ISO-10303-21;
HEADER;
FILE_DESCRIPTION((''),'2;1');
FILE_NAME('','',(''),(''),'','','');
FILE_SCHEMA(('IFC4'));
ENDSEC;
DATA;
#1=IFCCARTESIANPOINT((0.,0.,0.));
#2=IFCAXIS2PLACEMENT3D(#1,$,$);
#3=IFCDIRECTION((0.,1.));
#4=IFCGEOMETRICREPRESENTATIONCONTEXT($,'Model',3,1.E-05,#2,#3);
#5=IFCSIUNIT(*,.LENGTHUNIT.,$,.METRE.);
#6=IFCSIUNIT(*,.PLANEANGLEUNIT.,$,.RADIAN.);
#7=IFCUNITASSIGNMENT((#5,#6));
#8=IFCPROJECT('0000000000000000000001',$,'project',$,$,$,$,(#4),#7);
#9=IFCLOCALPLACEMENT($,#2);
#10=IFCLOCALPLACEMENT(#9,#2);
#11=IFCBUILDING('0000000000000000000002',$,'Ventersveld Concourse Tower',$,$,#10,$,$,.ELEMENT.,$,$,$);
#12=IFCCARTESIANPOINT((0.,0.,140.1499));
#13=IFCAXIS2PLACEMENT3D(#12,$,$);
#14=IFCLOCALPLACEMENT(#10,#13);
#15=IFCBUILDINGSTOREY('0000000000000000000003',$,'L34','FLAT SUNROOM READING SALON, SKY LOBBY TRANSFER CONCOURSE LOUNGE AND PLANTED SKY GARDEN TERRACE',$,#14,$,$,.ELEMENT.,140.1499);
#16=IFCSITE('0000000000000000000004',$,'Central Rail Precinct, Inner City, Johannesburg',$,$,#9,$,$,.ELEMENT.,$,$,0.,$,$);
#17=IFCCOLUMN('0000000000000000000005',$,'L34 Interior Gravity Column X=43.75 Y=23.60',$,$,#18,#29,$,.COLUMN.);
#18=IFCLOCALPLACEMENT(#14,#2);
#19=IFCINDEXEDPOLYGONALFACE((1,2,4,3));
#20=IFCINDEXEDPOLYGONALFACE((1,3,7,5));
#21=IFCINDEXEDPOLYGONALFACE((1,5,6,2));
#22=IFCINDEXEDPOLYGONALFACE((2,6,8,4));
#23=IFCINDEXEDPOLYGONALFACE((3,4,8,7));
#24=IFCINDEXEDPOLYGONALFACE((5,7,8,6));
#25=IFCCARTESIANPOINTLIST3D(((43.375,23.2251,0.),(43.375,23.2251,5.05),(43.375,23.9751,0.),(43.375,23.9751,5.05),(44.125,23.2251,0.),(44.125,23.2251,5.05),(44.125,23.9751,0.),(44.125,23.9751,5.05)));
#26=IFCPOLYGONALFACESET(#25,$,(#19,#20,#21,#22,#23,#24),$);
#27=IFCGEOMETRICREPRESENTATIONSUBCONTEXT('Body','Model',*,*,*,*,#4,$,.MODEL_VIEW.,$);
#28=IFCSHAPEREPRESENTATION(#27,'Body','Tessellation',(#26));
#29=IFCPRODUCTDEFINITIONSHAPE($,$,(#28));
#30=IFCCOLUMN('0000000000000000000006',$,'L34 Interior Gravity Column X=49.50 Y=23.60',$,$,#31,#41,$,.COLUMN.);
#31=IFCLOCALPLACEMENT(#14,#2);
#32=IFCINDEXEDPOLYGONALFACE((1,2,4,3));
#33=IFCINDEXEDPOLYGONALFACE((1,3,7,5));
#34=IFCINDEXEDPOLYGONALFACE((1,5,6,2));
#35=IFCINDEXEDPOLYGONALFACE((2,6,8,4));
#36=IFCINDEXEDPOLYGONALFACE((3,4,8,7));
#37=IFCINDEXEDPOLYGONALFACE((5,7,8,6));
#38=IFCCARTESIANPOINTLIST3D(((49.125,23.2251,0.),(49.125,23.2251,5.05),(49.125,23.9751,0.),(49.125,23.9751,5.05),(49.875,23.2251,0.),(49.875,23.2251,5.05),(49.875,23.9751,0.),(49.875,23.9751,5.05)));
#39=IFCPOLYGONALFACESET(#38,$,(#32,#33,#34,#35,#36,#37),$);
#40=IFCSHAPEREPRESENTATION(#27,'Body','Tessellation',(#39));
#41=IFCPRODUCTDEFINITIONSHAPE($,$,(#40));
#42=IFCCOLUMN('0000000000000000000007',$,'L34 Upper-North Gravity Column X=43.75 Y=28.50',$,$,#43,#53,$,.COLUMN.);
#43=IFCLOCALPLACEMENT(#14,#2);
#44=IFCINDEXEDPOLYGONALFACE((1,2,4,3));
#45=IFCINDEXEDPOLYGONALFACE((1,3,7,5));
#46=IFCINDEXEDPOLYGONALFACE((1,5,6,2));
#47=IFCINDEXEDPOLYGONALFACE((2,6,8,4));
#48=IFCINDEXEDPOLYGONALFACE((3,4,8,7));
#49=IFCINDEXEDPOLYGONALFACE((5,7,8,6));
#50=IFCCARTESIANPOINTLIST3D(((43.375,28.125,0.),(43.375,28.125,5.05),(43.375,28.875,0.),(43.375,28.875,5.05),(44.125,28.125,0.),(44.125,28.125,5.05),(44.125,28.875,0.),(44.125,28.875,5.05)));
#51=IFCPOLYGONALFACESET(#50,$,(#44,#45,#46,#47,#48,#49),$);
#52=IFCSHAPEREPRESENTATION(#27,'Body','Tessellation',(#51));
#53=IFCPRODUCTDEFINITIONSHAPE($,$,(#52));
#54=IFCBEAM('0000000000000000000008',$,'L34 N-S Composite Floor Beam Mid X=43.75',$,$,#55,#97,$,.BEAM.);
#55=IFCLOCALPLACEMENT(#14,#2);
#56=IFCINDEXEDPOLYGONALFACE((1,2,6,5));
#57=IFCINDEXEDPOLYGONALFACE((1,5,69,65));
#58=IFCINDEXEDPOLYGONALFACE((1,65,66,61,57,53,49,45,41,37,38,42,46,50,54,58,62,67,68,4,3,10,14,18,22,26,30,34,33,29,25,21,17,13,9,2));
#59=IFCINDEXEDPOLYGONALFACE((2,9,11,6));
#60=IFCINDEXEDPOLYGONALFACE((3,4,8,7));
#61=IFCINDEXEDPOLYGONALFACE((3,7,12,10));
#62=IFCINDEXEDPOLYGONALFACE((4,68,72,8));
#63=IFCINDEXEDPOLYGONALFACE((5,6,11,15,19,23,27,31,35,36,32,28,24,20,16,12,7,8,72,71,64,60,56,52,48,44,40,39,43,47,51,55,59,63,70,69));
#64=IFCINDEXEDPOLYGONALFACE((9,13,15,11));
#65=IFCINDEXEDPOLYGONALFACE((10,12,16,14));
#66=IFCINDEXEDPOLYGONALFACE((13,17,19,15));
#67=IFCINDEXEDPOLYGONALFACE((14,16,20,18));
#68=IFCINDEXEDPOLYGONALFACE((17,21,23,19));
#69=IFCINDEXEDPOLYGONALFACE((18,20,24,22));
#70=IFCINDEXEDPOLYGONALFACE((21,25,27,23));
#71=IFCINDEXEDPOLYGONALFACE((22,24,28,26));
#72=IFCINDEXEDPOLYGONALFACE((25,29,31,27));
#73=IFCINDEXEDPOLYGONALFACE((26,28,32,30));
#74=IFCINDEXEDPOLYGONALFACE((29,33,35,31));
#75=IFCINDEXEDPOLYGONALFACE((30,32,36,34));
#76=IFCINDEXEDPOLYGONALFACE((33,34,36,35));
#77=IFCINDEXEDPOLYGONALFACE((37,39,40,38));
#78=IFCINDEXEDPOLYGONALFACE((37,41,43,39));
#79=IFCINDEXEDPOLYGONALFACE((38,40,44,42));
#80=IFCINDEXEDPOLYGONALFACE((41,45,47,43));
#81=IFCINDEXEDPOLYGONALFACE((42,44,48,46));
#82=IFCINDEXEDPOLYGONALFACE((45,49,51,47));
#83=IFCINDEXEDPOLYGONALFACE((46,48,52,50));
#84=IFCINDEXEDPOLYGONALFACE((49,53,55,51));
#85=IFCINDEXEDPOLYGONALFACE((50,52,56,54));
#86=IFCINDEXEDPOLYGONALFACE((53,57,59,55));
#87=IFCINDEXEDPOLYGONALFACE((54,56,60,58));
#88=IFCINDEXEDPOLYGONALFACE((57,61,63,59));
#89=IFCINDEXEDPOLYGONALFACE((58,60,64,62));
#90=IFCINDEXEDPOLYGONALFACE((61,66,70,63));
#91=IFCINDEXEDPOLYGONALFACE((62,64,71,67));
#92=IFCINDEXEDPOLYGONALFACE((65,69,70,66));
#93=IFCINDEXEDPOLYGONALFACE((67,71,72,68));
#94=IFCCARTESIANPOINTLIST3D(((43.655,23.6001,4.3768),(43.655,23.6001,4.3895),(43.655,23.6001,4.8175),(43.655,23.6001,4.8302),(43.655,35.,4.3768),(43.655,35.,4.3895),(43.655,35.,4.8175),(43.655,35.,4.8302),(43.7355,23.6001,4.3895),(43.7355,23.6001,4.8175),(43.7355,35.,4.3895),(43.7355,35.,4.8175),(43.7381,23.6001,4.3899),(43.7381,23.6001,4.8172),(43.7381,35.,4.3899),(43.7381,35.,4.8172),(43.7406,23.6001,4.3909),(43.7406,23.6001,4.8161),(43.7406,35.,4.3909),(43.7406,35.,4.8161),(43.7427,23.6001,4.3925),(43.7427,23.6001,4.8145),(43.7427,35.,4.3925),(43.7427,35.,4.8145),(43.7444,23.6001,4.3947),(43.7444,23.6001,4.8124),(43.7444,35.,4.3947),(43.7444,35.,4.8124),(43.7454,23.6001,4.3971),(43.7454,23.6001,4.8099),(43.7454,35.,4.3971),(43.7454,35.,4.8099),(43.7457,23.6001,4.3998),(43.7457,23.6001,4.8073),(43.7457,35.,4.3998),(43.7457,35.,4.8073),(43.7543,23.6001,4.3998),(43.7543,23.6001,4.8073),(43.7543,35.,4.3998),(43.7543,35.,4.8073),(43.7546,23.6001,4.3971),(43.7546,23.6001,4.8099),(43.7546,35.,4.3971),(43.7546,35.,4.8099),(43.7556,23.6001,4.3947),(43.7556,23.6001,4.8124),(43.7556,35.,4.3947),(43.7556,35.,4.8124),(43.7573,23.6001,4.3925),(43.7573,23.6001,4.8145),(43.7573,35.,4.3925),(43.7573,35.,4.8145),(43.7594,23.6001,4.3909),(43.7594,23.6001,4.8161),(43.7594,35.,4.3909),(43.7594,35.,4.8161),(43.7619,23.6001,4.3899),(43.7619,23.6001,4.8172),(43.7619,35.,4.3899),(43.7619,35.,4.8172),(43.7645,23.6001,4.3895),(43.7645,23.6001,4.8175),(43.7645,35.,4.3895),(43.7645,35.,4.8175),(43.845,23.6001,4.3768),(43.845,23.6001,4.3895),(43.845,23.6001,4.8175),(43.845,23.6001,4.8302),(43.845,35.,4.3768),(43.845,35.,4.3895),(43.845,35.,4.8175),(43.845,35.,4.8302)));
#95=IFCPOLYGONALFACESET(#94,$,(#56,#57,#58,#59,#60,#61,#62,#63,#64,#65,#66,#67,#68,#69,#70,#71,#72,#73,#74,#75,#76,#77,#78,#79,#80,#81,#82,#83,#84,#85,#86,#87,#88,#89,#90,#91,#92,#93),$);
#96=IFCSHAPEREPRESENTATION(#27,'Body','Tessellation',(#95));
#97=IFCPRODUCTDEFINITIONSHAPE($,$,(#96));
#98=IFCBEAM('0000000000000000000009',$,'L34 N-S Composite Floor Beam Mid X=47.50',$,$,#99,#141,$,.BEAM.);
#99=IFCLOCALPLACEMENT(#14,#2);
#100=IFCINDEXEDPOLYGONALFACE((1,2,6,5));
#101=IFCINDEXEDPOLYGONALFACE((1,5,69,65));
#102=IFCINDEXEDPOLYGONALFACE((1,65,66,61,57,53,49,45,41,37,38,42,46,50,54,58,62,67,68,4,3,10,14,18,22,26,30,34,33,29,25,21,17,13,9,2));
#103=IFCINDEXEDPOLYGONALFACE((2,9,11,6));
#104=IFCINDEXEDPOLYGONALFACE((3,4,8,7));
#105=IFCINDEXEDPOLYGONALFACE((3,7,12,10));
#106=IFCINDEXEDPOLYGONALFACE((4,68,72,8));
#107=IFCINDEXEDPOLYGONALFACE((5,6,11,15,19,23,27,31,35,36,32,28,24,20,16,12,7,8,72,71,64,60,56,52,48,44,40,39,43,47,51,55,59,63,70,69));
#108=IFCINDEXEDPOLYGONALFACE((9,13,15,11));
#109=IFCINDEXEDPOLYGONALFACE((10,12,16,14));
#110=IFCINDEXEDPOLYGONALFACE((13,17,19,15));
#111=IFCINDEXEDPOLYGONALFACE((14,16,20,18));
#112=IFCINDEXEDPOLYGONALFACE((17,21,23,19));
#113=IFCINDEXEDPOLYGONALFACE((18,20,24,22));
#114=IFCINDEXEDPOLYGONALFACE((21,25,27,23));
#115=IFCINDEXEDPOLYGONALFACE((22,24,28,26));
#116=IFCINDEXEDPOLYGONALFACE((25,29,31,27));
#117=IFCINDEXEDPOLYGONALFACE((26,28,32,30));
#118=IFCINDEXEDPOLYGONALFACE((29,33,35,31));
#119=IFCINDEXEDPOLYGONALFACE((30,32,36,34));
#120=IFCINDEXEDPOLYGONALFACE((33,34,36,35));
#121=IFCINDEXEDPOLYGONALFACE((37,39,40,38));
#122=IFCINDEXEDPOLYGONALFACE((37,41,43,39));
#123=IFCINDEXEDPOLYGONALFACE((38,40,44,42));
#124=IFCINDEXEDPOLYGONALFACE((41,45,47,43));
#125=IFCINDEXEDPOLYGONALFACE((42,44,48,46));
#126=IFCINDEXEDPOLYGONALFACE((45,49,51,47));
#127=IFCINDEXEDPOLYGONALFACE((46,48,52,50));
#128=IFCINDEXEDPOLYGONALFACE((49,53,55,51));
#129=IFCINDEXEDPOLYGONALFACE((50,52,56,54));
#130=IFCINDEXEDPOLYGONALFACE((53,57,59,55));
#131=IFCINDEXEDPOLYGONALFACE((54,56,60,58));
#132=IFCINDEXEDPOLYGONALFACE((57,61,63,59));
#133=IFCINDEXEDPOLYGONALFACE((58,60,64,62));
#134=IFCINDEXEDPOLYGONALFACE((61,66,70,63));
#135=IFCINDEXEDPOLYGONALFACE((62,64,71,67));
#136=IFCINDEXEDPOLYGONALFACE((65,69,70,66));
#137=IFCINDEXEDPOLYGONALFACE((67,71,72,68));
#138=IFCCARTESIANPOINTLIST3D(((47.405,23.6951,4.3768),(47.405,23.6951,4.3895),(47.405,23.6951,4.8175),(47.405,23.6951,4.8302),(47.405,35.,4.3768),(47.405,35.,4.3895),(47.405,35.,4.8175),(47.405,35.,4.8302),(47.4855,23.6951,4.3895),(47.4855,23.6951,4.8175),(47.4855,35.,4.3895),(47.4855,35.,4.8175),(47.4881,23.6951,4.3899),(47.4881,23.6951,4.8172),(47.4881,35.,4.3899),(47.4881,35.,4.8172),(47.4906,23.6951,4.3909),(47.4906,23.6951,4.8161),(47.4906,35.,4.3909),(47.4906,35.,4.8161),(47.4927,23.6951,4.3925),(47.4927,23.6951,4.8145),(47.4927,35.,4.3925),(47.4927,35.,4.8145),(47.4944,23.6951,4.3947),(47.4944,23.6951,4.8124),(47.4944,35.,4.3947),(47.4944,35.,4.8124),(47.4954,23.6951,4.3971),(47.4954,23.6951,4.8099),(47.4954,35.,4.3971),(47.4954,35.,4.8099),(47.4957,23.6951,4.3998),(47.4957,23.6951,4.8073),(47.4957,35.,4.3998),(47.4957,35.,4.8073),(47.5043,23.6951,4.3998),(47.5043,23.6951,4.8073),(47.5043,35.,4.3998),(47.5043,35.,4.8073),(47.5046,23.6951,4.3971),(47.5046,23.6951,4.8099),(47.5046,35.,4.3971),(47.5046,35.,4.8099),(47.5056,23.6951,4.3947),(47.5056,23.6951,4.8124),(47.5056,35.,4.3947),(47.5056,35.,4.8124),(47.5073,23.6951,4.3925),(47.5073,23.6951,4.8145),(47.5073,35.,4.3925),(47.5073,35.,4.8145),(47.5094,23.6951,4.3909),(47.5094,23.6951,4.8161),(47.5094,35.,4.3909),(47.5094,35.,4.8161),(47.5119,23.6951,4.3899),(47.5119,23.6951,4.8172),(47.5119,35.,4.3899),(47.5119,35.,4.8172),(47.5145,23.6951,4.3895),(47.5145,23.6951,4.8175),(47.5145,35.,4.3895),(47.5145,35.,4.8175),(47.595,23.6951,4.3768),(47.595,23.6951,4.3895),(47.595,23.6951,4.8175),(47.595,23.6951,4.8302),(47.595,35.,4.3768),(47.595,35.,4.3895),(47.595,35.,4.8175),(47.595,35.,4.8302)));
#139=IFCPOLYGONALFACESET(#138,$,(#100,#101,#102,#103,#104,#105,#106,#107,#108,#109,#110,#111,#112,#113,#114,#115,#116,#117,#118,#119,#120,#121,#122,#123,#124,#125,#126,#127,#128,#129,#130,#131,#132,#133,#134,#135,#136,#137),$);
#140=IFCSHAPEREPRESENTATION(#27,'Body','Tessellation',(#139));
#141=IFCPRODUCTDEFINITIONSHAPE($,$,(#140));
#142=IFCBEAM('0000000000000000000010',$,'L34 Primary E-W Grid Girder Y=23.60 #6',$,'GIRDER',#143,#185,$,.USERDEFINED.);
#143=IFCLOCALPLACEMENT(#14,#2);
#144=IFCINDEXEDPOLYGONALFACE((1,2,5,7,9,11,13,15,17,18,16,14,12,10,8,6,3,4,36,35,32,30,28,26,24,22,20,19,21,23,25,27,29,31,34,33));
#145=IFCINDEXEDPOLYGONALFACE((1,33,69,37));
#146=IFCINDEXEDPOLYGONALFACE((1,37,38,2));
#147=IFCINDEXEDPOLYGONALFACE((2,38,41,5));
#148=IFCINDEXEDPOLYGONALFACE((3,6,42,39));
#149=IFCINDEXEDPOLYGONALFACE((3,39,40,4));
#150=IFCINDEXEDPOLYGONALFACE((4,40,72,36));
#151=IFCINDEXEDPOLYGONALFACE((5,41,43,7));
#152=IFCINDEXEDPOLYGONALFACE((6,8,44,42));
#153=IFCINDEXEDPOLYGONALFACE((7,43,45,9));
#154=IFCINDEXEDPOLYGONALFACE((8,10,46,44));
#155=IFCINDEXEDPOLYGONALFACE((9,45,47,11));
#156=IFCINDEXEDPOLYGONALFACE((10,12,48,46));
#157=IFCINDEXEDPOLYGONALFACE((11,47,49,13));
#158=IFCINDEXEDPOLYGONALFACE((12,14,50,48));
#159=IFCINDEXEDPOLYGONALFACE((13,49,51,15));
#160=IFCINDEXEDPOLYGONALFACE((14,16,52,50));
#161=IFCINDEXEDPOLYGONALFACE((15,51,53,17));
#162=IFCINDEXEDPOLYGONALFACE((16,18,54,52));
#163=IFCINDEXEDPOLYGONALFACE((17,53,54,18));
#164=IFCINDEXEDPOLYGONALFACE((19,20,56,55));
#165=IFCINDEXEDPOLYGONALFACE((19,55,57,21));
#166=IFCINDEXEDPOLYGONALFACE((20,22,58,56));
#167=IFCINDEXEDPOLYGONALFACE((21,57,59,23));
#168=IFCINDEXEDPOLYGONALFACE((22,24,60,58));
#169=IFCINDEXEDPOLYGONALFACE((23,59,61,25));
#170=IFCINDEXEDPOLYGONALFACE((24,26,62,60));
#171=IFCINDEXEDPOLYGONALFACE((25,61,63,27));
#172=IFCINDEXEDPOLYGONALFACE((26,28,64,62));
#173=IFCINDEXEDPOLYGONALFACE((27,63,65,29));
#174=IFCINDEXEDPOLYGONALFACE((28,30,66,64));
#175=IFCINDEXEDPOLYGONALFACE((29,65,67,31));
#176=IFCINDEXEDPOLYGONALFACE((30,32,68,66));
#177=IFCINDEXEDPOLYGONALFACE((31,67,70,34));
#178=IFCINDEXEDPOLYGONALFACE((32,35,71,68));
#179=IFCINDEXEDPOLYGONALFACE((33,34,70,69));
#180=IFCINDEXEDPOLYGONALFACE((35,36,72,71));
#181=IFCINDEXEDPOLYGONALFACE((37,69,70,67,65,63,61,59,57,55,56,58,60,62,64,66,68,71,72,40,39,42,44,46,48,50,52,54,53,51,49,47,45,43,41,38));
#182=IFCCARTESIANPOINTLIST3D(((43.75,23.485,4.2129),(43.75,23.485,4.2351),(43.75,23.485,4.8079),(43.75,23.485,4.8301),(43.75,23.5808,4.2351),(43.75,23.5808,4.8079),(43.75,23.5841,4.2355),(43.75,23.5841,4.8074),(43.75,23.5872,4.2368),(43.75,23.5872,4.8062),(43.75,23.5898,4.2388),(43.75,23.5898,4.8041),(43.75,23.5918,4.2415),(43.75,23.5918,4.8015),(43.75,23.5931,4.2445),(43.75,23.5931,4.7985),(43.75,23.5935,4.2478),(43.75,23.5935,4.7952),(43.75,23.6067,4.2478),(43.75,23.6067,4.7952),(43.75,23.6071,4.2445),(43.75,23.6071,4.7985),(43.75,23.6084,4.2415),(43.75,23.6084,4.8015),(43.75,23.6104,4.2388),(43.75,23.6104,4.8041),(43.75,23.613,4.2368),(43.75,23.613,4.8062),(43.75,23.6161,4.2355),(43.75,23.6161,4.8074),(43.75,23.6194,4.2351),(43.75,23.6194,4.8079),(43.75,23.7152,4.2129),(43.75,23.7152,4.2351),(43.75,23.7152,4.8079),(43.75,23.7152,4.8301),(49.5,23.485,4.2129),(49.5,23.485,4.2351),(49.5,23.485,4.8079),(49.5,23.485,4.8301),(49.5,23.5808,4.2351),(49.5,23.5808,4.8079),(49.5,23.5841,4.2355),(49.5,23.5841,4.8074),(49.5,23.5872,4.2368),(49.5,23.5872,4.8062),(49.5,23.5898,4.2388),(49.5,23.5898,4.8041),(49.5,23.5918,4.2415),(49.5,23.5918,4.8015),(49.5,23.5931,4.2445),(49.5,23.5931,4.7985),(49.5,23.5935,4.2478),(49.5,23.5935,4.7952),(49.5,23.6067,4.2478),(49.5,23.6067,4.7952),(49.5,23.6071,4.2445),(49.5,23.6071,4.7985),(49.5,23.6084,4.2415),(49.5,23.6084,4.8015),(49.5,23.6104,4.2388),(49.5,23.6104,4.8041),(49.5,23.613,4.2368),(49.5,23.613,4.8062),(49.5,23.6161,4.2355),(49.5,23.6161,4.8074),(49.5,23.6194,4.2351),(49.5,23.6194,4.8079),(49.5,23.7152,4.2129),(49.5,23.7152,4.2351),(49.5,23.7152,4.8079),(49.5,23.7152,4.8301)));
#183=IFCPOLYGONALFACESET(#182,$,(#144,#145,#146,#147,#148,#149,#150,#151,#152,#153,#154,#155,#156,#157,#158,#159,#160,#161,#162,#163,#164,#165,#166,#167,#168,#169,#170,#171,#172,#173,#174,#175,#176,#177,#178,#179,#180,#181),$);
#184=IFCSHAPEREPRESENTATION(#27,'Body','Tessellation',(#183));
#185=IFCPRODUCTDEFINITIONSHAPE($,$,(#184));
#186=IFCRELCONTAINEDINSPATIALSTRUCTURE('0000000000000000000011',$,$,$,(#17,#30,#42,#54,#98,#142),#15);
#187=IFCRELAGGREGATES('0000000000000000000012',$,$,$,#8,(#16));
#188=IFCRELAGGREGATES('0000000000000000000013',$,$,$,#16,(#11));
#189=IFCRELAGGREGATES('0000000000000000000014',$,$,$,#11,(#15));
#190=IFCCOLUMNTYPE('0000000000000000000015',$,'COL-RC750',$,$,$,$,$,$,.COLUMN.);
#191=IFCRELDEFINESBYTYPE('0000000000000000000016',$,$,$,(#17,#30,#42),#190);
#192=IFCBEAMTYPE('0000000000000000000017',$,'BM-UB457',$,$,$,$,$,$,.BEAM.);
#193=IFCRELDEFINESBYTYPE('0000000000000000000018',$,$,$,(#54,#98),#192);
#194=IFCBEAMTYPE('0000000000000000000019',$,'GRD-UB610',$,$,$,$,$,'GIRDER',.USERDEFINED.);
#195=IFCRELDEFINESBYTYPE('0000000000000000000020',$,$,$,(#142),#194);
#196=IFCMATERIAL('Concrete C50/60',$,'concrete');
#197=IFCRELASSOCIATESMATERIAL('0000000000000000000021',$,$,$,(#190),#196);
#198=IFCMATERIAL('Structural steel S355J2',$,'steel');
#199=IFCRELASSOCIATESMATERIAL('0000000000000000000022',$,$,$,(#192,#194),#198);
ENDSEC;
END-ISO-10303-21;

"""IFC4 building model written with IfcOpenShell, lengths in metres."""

from ifc_helpers import new_model, si_unit, direction, frame, origin, origin_2d, place, context, subcontext, project, spatial, rectangle, i_section, extrude, material, material_profile, profile_set, type_object, element, save


model = new_model("IFC4")

# Units and contexts
model_context = context("Model", 3, precision=1e-05, world=origin(), true_north=direction((0.0, 1.0)))
body_context = subcontext(model_context, "Body", "Model", "MODEL_VIEW")
ifc_project = project(units=[si_unit("LENGTHUNIT", "METRE"), si_unit("PLANEANGLEUNIT", "RADIAN")], contexts=[model_context])

# Site, building, storey
site_placement = place(None, origin())
site = spatial("IfcSite", under=ifc_project, at=site_placement, Name="Central Rail Precinct, Inner City, Johannesburg", CompositionType="ELEMENT", RefElevation=0.0)
building_placement = place(site_placement, origin())
building = spatial("IfcBuilding", under=site, at=building_placement, Name="Ventersveld Concourse Tower", CompositionType="ELEMENT")
storey_placement = place(building_placement, frame((0.0, 0.0, 140.1499)))
storey = spatial("IfcBuildingStorey", under=building, at=storey_placement, Name="L34", Description="FLAT SUNROOM READING SALON, SKY LOBBY TRANSFER CONCOURSE LOUNGE AND PLANTED SKY GARDEN TERRACE", CompositionType="ELEMENT", Elevation=140.1499)

# Columns
ifc_material_1 = material(Name="Concrete C50/60", Category="concrete")
ifc_material_profile_1 = material_profile(ifc_material_1, rectangle(XDim=0.75, YDim=0.75, at=origin_2d()), Name="RC 750x750")
ifc_profile_set_1 = profile_set([ifc_material_profile_1], Name="Concrete C50/60")
column_type = type_object("IfcColumnType", Name="COL-RC750", PredefinedType="COLUMN", material=ifc_profile_set_1)
for number, where, z_axis, x_axis, name in (
    (1, (43.75, 23.6001, 0.0), (0.0, 0.0, 1.0), (1.0, 0.0, 0.0), "L34 Interior Gravity Column X=43.75 Y=23.60"),
    (2, (49.5, 23.6001, 0.0), (0.0, 0.0, 1.0), (1.0, 0.0, 0.0), "L34 Interior Gravity Column X=49.50 Y=23.60"),
    (3, (43.75, 28.5, 0.0), (0.0, 0.0, 1.0), (1.0, 0.0, 0.0), "L34 Upper-North Gravity Column X=43.75 Y=28.50"),
):
    element("IfcColumn", number, at=place(storey_placement, frame(where, z_axis=z_axis, x_axis=x_axis)), inside=storey, type_object=column_type, Name=name, PredefinedType="COLUMN", context=body_context, shape_type="SweptSolid", body=[
        extrude(rectangle(XDim=0.75, YDim=0.75, at=origin_2d()), origin(), (0.0, 0.0, 1.0), 5.05),
    ])

# Beams
ifc_material_2 = material(Name="Structural steel S355J2", Category="steel")
ifc_material_profile_2 = material_profile(ifc_material_2, i_section(OverallWidth=0.1899, OverallDepth=0.4534, WebThickness=0.0085, FlangeThickness=0.0127, FilletRadius=0.0103, at=origin_2d()), Name="UB 457x191x67")
ifc_profile_set_2 = profile_set([ifc_material_profile_2], Name="Structural steel S355J2")
beam_type_1 = type_object("IfcBeamType", Name="BM-UB457", PredefinedType="BEAM", material=ifc_profile_set_2)
beam_1_placement = place(storey_placement, frame((43.75, 23.6001, 4.6035), z_axis=(0.0, 1.0, 0.0), x_axis=(-1.0, 0.0, 0.0)))
element("IfcBeam", 4, at=beam_1_placement, inside=storey, type_object=beam_type_1, Name="L34 N-S Composite Floor Beam Mid X=43.75", PredefinedType="BEAM", context=body_context, shape_type="SweptSolid", body=[
    extrude(i_section(OverallWidth=0.1899, OverallDepth=0.4534, WebThickness=0.0085, FlangeThickness=0.0127, FilletRadius=0.0103, at=origin_2d()), origin(), (0.0, 0.0, 1.0), 11.3999),
])
beam_2_placement = place(storey_placement, frame((47.5, 23.6951, 4.6035), z_axis=(0.0, 1.0, 0.0), x_axis=(-1.0, 0.0, 0.0)))
element("IfcBeam", 5, at=beam_2_placement, inside=storey, type_object=beam_type_1, Name="L34 N-S Composite Floor Beam Mid X=47.50", PredefinedType="BEAM", context=body_context, shape_type="SweptSolid", body=[
    extrude(i_section(OverallWidth=0.1899, OverallDepth=0.4534, WebThickness=0.0085, FlangeThickness=0.0127, FilletRadius=0.0103, at=origin_2d()), origin(), (0.0, 0.0, 1.0), 11.3049),
])
ifc_material_profile_3 = material_profile(ifc_material_2, i_section(OverallWidth=0.2302, OverallDepth=0.6172, WebThickness=0.0132, FlangeThickness=0.0222, FilletRadius=0.0127, at=origin_2d()), Name="UB 610x229x140")
ifc_profile_set_3 = profile_set([ifc_material_profile_3], Name="Structural steel S355J2")
beam_type_2 = type_object("IfcBeamType", Name="GRD-UB610", ElementType="GIRDER", PredefinedType="USERDEFINED", material=ifc_profile_set_3)
beam_3_placement = place(storey_placement, frame((43.75, 23.6001, 4.5215), z_axis=(1.0, 0.0, 0.0), x_axis=(0.0, 1.0, 0.0)))
element("IfcBeam", 6, at=beam_3_placement, inside=storey, type_object=beam_type_2, Name="L34 Primary E-W Grid Girder Y=23.60 #6", ObjectType="GIRDER", PredefinedType="USERDEFINED", context=body_context, shape_type="SweptSolid", body=[
    extrude(i_section(OverallWidth=0.2302, OverallDepth=0.6172, WebThickness=0.0132, FlangeThickness=0.0222, FilletRadius=0.0127, at=origin_2d()), origin(), (0.0, 0.0, 1.0), 5.75),
])

save(model, "model.ifc")
